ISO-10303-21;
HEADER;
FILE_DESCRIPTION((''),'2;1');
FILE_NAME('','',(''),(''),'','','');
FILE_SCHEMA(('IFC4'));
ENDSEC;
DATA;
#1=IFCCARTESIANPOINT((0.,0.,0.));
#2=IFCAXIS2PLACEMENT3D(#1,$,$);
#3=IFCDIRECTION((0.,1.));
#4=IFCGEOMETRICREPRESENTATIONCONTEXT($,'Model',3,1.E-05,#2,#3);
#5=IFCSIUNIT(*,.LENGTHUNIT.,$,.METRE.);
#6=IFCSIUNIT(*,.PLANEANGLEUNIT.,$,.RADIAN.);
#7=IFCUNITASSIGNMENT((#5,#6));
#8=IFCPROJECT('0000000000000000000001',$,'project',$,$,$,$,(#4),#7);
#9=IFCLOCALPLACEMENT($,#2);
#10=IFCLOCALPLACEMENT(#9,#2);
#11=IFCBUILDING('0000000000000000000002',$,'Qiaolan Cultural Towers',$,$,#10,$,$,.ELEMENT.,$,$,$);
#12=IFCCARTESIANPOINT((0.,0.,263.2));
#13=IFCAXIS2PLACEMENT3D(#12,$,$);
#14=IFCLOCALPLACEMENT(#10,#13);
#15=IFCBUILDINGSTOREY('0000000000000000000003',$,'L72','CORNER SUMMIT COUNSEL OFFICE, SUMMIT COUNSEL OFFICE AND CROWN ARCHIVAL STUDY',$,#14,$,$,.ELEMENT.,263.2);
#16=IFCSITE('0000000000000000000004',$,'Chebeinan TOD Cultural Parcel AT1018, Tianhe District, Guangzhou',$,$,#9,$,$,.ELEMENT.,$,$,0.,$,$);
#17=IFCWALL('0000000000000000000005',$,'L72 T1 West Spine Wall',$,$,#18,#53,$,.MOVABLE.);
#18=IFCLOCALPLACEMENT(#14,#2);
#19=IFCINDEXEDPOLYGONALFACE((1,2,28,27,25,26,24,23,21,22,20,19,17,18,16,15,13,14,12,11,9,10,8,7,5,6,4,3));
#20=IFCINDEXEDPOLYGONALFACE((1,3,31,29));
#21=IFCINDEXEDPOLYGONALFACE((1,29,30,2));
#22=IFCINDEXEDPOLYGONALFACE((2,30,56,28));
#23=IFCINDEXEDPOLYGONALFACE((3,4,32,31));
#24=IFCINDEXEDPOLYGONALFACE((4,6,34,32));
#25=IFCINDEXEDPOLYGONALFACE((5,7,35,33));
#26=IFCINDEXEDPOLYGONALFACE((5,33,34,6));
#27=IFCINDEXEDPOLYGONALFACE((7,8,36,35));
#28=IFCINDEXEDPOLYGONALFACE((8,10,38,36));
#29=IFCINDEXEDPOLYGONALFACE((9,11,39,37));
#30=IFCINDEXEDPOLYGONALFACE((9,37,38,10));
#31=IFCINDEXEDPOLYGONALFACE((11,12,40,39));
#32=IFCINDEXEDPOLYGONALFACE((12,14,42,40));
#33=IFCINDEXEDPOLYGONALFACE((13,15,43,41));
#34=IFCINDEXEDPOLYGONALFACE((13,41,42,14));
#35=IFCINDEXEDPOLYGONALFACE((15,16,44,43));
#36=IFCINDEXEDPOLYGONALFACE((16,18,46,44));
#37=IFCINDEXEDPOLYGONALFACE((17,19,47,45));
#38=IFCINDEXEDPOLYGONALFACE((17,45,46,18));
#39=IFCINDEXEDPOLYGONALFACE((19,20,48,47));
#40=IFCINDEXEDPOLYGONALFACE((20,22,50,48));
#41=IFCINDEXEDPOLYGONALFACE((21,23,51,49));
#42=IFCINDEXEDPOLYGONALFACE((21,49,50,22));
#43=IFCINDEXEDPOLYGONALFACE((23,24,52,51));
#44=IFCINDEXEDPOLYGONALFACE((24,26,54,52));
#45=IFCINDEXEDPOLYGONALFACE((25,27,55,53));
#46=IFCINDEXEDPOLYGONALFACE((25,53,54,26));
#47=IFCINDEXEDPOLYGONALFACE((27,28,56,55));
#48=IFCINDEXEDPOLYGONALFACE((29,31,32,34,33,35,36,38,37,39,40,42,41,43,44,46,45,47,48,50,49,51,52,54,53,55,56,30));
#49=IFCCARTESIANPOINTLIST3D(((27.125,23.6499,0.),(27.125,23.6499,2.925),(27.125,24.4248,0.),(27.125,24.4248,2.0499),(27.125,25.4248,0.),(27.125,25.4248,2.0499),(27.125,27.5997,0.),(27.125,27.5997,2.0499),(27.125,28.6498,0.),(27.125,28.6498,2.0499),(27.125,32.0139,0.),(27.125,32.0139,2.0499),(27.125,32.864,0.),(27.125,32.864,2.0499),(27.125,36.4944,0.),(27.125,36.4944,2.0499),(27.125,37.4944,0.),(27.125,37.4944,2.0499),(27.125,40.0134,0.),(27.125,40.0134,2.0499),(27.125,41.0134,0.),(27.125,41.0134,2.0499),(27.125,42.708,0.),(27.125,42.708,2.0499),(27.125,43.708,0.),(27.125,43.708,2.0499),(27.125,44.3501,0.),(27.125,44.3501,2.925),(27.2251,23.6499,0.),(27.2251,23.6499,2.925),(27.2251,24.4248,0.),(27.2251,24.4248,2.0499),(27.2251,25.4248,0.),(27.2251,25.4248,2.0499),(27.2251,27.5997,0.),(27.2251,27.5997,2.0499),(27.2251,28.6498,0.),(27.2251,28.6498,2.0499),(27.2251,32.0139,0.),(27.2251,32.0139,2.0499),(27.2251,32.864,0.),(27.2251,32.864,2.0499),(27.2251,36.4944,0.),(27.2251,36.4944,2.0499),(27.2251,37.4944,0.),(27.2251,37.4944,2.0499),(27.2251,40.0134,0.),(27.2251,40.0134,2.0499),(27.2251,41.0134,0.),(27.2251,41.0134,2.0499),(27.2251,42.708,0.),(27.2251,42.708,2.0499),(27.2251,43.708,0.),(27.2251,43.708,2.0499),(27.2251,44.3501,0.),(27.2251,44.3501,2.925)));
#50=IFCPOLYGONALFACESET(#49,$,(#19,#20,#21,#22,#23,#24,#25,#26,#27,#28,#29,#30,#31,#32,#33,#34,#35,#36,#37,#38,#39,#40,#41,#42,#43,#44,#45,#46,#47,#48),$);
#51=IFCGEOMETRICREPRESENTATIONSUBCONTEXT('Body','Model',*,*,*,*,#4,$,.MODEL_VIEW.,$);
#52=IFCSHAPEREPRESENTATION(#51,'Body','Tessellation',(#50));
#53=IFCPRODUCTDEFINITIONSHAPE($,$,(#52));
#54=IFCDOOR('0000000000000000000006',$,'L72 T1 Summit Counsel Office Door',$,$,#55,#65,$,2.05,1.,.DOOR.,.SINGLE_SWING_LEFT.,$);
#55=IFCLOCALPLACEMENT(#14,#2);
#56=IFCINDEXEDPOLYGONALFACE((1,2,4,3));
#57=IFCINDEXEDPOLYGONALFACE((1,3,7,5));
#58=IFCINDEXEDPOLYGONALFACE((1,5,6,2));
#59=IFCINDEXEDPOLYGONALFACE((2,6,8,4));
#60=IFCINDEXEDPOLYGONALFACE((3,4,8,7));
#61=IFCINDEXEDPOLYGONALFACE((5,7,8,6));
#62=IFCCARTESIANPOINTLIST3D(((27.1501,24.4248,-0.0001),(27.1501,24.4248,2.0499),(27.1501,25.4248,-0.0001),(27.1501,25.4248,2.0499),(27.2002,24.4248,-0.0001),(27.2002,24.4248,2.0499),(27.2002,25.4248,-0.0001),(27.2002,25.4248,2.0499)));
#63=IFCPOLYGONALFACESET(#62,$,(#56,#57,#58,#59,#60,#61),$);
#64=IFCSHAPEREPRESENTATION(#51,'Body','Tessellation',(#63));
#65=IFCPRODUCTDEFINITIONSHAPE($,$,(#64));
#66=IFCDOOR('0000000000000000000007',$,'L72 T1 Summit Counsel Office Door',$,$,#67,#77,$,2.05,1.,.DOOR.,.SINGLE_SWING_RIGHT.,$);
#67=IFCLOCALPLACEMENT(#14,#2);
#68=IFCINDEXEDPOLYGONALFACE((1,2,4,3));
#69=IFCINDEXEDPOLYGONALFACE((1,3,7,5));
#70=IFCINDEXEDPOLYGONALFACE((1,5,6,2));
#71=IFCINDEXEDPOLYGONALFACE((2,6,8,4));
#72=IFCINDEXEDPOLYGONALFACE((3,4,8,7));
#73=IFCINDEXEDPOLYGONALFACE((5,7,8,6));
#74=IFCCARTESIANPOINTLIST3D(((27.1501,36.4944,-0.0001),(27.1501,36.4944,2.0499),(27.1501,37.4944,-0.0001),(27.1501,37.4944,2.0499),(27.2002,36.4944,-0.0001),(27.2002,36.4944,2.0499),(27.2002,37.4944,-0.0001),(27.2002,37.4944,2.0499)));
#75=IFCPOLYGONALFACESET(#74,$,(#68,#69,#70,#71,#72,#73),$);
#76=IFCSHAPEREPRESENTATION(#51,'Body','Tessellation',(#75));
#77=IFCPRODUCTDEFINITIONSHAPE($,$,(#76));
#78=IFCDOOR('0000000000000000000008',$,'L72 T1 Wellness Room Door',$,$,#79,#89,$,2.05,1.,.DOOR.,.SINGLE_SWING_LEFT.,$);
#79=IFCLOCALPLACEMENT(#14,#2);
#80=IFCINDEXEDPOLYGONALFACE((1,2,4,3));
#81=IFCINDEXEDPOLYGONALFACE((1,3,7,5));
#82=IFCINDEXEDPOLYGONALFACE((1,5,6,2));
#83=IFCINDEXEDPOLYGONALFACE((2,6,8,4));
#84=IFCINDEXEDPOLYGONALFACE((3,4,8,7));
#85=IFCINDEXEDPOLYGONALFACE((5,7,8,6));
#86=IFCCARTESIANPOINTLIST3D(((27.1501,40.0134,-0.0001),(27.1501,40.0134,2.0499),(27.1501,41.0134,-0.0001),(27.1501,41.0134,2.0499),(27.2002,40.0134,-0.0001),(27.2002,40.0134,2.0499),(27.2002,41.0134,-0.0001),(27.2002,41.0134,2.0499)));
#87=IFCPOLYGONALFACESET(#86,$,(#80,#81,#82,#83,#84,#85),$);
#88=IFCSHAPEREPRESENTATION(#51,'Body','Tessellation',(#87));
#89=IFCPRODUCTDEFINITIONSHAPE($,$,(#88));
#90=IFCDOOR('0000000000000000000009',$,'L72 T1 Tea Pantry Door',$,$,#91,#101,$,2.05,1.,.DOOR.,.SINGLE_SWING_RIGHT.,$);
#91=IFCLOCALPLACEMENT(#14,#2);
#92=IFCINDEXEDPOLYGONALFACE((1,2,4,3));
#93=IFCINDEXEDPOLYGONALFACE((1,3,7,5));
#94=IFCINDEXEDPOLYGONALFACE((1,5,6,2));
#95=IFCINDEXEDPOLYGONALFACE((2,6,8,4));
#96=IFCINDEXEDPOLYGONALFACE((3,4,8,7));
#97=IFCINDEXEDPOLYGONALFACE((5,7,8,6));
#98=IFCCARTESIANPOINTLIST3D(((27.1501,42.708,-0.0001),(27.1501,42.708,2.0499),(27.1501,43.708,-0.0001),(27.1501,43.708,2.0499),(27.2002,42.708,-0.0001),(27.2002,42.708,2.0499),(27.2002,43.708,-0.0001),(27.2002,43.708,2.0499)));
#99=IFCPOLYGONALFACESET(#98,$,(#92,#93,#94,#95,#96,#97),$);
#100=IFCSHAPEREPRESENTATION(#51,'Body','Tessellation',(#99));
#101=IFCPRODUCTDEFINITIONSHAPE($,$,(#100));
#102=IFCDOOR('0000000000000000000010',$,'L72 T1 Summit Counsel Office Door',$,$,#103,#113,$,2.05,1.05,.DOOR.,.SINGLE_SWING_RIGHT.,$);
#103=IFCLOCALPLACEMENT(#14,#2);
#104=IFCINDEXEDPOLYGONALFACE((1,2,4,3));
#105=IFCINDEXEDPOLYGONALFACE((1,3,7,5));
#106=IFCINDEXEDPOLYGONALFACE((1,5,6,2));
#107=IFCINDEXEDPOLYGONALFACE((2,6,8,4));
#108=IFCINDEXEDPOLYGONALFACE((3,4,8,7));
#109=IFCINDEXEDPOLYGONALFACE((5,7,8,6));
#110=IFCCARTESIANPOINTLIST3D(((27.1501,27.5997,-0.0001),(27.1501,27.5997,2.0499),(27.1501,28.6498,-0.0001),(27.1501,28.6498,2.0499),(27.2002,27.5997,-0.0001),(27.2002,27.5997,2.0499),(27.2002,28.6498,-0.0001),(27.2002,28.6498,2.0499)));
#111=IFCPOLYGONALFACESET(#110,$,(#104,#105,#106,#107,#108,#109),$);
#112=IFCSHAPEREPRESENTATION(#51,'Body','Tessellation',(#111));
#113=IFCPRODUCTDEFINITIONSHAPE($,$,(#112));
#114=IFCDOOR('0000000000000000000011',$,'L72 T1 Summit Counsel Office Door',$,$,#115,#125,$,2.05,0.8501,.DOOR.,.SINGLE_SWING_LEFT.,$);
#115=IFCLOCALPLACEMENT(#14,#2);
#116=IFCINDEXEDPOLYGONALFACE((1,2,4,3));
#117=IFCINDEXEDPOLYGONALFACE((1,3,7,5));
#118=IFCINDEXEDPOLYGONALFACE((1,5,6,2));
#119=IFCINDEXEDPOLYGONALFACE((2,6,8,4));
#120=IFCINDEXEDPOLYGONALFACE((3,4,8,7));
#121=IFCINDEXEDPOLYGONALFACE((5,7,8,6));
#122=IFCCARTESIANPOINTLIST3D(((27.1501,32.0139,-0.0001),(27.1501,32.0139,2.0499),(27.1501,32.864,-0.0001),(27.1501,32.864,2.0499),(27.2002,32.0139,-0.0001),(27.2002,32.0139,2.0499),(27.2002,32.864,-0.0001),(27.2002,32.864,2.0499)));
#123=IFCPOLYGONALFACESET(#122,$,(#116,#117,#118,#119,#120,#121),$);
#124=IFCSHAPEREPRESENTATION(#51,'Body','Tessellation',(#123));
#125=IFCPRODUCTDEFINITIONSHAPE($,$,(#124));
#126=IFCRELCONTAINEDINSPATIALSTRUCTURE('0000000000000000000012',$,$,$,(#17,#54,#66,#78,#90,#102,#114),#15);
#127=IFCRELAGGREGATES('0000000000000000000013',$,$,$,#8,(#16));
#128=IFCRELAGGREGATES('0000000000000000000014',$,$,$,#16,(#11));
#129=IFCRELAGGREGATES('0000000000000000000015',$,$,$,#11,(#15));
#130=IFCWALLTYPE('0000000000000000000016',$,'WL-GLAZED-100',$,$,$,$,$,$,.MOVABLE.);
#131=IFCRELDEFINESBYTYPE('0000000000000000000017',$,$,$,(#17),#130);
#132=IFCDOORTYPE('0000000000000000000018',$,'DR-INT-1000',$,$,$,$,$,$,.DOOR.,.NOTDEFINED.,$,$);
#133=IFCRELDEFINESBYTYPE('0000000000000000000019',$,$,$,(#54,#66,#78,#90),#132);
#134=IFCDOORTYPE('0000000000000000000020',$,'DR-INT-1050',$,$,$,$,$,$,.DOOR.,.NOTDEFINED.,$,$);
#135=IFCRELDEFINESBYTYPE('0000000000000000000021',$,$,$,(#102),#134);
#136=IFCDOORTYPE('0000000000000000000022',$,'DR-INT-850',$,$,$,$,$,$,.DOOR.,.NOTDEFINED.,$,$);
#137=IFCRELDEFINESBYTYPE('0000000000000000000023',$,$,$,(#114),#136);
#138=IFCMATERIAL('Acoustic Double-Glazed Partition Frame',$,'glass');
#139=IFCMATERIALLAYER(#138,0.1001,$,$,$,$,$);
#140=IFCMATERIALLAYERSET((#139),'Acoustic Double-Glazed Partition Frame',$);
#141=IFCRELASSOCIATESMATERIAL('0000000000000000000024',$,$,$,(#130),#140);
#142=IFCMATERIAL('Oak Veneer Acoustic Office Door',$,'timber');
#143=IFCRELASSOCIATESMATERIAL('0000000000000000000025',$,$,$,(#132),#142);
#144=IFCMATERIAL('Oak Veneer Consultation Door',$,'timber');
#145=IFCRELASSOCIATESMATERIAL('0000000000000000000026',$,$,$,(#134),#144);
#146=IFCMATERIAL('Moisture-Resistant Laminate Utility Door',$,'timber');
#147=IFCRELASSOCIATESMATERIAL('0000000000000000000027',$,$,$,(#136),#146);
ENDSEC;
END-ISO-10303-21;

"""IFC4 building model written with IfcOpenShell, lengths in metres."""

from ifc_helpers import new_model, si_unit, direction, frame, frame_2d, origin, place, context, subcontext, project, spatial, rectangle, extrude, material, layer, layer_set, type_object, element, fill, save


model = new_model("IFC4")

# Units and contexts
model_context = context("Model", 3, precision=1e-05, world=origin(), true_north=direction((0.0, 1.0)))
body_context = subcontext(model_context, "Body", "Model", "MODEL_VIEW")
ifc_project = project(units=[si_unit("LENGTHUNIT", "METRE"), si_unit("PLANEANGLEUNIT", "RADIAN")], contexts=[model_context])

# Site, building, storey
site_placement = place(None, origin())
site = spatial("IfcSite", under=ifc_project, at=site_placement, Name="Chebeinan TOD Cultural Parcel AT1018, Tianhe District, Guangzhou", CompositionType="ELEMENT", RefElevation=0.0)
building_placement = place(site_placement, origin())
building = spatial("IfcBuilding", under=site, at=building_placement, Name="Qiaolan Cultural Towers", CompositionType="ELEMENT")
storey_placement = place(building_placement, frame((0.0, 0.0, 263.2)))
storey = spatial("IfcBuildingStorey", under=building, at=storey_placement, Name="L72", Description="CORNER SUMMIT COUNSEL OFFICE, SUMMIT COUNSEL OFFICE AND CROWN ARCHIVAL STUDY", CompositionType="ELEMENT", Elevation=263.2)

# Shared definitions
ifc_material_1 = material(Name="Acoustic Double-Glazed Partition Frame", Category="glass")
ifc_layer_1 = layer(ifc_material_1, 0.1001)
ifc_layer_set_1 = layer_set([ifc_layer_1], Name="Acoustic Double-Glazed Partition Frame")
wall_type_1 = type_object("IfcWallType", Name="WL-GLAZED-100", PredefinedType="MOVABLE", material=ifc_layer_set_1)

# Wall, openings, doors
wall_1_placement = place(storey_placement, frame((27.175, 23.6499, 0.0), z_axis=(0.0, 0.0, 1.0), x_axis=(0.0, 1.0, 0.0)))
wall_1 = element("IfcWall", 1, at=wall_1_placement, inside=storey, type_object=wall_type_1, Name="L72 T1 West Spine Wall", PredefinedType="MOVABLE", context=body_context, shape_type="SweptSolid", body=[
    extrude(rectangle(XDim=20.7002, YDim=0.1001, at=frame_2d((10.3501, 0.0))), origin(), (0.0, 0.0, 1.0), 2.925),
])
opening_1_placement = place(wall_1_placement, frame((0.7749, 0.0, 0.0)))
opening_1 = element("IfcOpeningElement", 2, at=opening_1_placement, cuts=wall_1, PredefinedType="OPENING", context=body_context, shape_type="SweptSolid", body=[
    extrude(rectangle(XDim=1.0, YDim=2.05, at=frame_2d((0.5, 1.0249))), frame((0.0, 0.0601, 0.0), z_axis=(0.0, -1.0, 0.0), x_axis=(1.0, 0.0, 0.0)), (0.0, 0.0, 1.0), 0.1201),
])
opening_2_placement = place(wall_1_placement, frame((3.95, 0.0, 0.0)))
opening_2 = element("IfcOpeningElement", 3, at=opening_2_placement, cuts=wall_1, PredefinedType="OPENING", context=body_context, shape_type="SweptSolid", body=[
    extrude(rectangle(XDim=1.05, YDim=2.05, at=frame_2d((0.5249, 1.0249))), frame((0.0, 0.0601, 0.0), z_axis=(0.0, -1.0, 0.0), x_axis=(1.0, 0.0, 0.0)), (0.0, 0.0, 1.0), 0.1201),
])
opening_3_placement = place(wall_1_placement, frame((8.364, 0.0, 0.0)))
opening_3 = element("IfcOpeningElement", 4, at=opening_3_placement, cuts=wall_1, PredefinedType="OPENING", context=body_context, shape_type="SweptSolid", body=[
    extrude(rectangle(XDim=0.8501, YDim=2.05, at=frame_2d((0.425, 1.0249))), frame((0.0, 0.0601, 0.0), z_axis=(0.0, -1.0, 0.0), x_axis=(1.0, 0.0, 0.0)), (0.0, 0.0, 1.0), 0.1201),
])
opening_4_placement = place(wall_1_placement, frame((12.8445, 0.0, 0.0)))
opening_4 = element("IfcOpeningElement", 5, at=opening_4_placement, cuts=wall_1, PredefinedType="OPENING", context=body_context, shape_type="SweptSolid", body=[
    extrude(rectangle(XDim=1.0, YDim=2.05, at=frame_2d((0.5, 1.0249))), frame((0.0, 0.0601, 0.0), z_axis=(0.0, -1.0, 0.0), x_axis=(1.0, 0.0, 0.0)), (0.0, 0.0, 1.0), 0.1201),
])
opening_5_placement = place(wall_1_placement, frame((16.3635, 0.0, 0.0)))
opening_5 = element("IfcOpeningElement", 6, at=opening_5_placement, cuts=wall_1, PredefinedType="OPENING", context=body_context, shape_type="SweptSolid", body=[
    extrude(rectangle(XDim=1.0, YDim=2.05, at=frame_2d((0.5, 1.0249))), frame((0.0, 0.0601, 0.0), z_axis=(0.0, -1.0, 0.0), x_axis=(1.0, 0.0, 0.0)), (0.0, 0.0, 1.0), 0.1201),
])
opening_6_placement = place(wall_1_placement, frame((19.0581, 0.0, 0.0)))
opening_6 = element("IfcOpeningElement", 7, at=opening_6_placement, cuts=wall_1, PredefinedType="OPENING", context=body_context, shape_type="SweptSolid", body=[
    extrude(rectangle(XDim=1.0, YDim=2.05, at=frame_2d((0.5, 1.0249))), frame((0.0, 0.0601, 0.0), z_axis=(0.0, -1.0, 0.0), x_axis=(1.0, 0.0, 0.0)), (0.0, 0.0, 1.0), 0.1201),
])
ifc_material_2 = material(Name="Oak Veneer Acoustic Office Door", Category="timber")
door_type_1 = type_object("IfcDoorType", Name="DR-INT-1000", OperationType="NOTDEFINED", PredefinedType="DOOR", material=ifc_material_2)
door_1_placement = place(opening_1_placement, origin())
door_1 = element("IfcDoor", 8, at=door_1_placement, inside=storey, type_object=door_type_1, Name="L72 T1 Summit Counsel Office Door", OperationType="SINGLE_SWING_LEFT", OverallHeight=2.05, OverallWidth=1.0, PredefinedType="DOOR", context=body_context, shape_type="SweptSolid", body=[
    extrude(rectangle(XDim=1.0, YDim=2.05, at=frame_2d((0.5, 1.0249))), frame((0.0, 0.0249, 0.0), z_axis=(0.0, -1.0, 0.0), x_axis=(1.0, 0.0, 0.0)), (0.0, 0.0, 1.0), 0.05),
])
fill(opening_1, door_1)
door_2_placement = place(opening_4_placement, origin())
door_2 = element("IfcDoor", 9, at=door_2_placement, inside=storey, type_object=door_type_1, Name="L72 T1 Summit Counsel Office Door", OperationType="SINGLE_SWING_RIGHT", OverallHeight=2.05, OverallWidth=1.0, PredefinedType="DOOR", context=body_context, shape_type="SweptSolid", body=[
    extrude(rectangle(XDim=1.0, YDim=2.05, at=frame_2d((0.5, 1.0249))), frame((0.0, 0.0249, 0.0), z_axis=(0.0, -1.0, 0.0), x_axis=(1.0, 0.0, 0.0)), (0.0, 0.0, 1.0), 0.05),
])
fill(opening_4, door_2)
door_3_placement = place(opening_5_placement, origin())
door_3 = element("IfcDoor", 10, at=door_3_placement, inside=storey, type_object=door_type_1, Name="L72 T1 Wellness Room Door", OperationType="SINGLE_SWING_LEFT", OverallHeight=2.05, OverallWidth=1.0, PredefinedType="DOOR", context=body_context, shape_type="SweptSolid", body=[
    extrude(rectangle(XDim=1.0, YDim=2.05, at=frame_2d((0.5, 1.0249))), frame((0.0, 0.0249, 0.0), z_axis=(0.0, -1.0, 0.0), x_axis=(1.0, 0.0, 0.0)), (0.0, 0.0, 1.0), 0.05),
])
fill(opening_5, door_3)
door_4_placement = place(opening_6_placement, origin())
door_4 = element("IfcDoor", 11, at=door_4_placement, inside=storey, type_object=door_type_1, Name="L72 T1 Tea Pantry Door", OperationType="SINGLE_SWING_RIGHT", OverallHeight=2.05, OverallWidth=1.0, PredefinedType="DOOR", context=body_context, shape_type="SweptSolid", body=[
    extrude(rectangle(XDim=1.0, YDim=2.05, at=frame_2d((0.5, 1.0249))), frame((0.0, 0.0249, 0.0), z_axis=(0.0, -1.0, 0.0), x_axis=(1.0, 0.0, 0.0)), (0.0, 0.0, 1.0), 0.05),
])
fill(opening_6, door_4)
ifc_material_3 = material(Name="Oak Veneer Consultation Door", Category="timber")
door_type_2 = type_object("IfcDoorType", Name="DR-INT-1050", OperationType="NOTDEFINED", PredefinedType="DOOR", material=ifc_material_3)
door_5_placement = place(opening_2_placement, origin())
door_5 = element("IfcDoor", 12, at=door_5_placement, inside=storey, type_object=door_type_2, Name="L72 T1 Summit Counsel Office Door", OperationType="SINGLE_SWING_RIGHT", OverallHeight=2.05, OverallWidth=1.05, PredefinedType="DOOR", context=body_context, shape_type="SweptSolid", body=[
    extrude(rectangle(XDim=1.05, YDim=2.05, at=frame_2d((0.5249, 1.0249))), frame((0.0, 0.0249, 0.0), z_axis=(0.0, -1.0, 0.0), x_axis=(1.0, 0.0, 0.0)), (0.0, 0.0, 1.0), 0.05),
])
fill(opening_2, door_5)
ifc_material_4 = material(Name="Moisture-Resistant Laminate Utility Door", Category="timber")
door_type_3 = type_object("IfcDoorType", Name="DR-INT-850", OperationType="NOTDEFINED", PredefinedType="DOOR", material=ifc_material_4)
door_6_placement = place(opening_3_placement, origin())
door_6 = element("IfcDoor", 13, at=door_6_placement, inside=storey, type_object=door_type_3, Name="L72 T1 Summit Counsel Office Door", OperationType="SINGLE_SWING_LEFT", OverallHeight=2.05, OverallWidth=0.8501, PredefinedType="DOOR", context=body_context, shape_type="SweptSolid", body=[
    extrude(rectangle(XDim=0.8501, YDim=2.05, at=frame_2d((0.425, 1.0249))), frame((0.0, 0.0249, 0.0), z_axis=(0.0, -1.0, 0.0), x_axis=(1.0, 0.0, 0.0)), (0.0, 0.0, 1.0), 0.05),
])
fill(opening_3, door_6)

save(model, "model.ifc")
